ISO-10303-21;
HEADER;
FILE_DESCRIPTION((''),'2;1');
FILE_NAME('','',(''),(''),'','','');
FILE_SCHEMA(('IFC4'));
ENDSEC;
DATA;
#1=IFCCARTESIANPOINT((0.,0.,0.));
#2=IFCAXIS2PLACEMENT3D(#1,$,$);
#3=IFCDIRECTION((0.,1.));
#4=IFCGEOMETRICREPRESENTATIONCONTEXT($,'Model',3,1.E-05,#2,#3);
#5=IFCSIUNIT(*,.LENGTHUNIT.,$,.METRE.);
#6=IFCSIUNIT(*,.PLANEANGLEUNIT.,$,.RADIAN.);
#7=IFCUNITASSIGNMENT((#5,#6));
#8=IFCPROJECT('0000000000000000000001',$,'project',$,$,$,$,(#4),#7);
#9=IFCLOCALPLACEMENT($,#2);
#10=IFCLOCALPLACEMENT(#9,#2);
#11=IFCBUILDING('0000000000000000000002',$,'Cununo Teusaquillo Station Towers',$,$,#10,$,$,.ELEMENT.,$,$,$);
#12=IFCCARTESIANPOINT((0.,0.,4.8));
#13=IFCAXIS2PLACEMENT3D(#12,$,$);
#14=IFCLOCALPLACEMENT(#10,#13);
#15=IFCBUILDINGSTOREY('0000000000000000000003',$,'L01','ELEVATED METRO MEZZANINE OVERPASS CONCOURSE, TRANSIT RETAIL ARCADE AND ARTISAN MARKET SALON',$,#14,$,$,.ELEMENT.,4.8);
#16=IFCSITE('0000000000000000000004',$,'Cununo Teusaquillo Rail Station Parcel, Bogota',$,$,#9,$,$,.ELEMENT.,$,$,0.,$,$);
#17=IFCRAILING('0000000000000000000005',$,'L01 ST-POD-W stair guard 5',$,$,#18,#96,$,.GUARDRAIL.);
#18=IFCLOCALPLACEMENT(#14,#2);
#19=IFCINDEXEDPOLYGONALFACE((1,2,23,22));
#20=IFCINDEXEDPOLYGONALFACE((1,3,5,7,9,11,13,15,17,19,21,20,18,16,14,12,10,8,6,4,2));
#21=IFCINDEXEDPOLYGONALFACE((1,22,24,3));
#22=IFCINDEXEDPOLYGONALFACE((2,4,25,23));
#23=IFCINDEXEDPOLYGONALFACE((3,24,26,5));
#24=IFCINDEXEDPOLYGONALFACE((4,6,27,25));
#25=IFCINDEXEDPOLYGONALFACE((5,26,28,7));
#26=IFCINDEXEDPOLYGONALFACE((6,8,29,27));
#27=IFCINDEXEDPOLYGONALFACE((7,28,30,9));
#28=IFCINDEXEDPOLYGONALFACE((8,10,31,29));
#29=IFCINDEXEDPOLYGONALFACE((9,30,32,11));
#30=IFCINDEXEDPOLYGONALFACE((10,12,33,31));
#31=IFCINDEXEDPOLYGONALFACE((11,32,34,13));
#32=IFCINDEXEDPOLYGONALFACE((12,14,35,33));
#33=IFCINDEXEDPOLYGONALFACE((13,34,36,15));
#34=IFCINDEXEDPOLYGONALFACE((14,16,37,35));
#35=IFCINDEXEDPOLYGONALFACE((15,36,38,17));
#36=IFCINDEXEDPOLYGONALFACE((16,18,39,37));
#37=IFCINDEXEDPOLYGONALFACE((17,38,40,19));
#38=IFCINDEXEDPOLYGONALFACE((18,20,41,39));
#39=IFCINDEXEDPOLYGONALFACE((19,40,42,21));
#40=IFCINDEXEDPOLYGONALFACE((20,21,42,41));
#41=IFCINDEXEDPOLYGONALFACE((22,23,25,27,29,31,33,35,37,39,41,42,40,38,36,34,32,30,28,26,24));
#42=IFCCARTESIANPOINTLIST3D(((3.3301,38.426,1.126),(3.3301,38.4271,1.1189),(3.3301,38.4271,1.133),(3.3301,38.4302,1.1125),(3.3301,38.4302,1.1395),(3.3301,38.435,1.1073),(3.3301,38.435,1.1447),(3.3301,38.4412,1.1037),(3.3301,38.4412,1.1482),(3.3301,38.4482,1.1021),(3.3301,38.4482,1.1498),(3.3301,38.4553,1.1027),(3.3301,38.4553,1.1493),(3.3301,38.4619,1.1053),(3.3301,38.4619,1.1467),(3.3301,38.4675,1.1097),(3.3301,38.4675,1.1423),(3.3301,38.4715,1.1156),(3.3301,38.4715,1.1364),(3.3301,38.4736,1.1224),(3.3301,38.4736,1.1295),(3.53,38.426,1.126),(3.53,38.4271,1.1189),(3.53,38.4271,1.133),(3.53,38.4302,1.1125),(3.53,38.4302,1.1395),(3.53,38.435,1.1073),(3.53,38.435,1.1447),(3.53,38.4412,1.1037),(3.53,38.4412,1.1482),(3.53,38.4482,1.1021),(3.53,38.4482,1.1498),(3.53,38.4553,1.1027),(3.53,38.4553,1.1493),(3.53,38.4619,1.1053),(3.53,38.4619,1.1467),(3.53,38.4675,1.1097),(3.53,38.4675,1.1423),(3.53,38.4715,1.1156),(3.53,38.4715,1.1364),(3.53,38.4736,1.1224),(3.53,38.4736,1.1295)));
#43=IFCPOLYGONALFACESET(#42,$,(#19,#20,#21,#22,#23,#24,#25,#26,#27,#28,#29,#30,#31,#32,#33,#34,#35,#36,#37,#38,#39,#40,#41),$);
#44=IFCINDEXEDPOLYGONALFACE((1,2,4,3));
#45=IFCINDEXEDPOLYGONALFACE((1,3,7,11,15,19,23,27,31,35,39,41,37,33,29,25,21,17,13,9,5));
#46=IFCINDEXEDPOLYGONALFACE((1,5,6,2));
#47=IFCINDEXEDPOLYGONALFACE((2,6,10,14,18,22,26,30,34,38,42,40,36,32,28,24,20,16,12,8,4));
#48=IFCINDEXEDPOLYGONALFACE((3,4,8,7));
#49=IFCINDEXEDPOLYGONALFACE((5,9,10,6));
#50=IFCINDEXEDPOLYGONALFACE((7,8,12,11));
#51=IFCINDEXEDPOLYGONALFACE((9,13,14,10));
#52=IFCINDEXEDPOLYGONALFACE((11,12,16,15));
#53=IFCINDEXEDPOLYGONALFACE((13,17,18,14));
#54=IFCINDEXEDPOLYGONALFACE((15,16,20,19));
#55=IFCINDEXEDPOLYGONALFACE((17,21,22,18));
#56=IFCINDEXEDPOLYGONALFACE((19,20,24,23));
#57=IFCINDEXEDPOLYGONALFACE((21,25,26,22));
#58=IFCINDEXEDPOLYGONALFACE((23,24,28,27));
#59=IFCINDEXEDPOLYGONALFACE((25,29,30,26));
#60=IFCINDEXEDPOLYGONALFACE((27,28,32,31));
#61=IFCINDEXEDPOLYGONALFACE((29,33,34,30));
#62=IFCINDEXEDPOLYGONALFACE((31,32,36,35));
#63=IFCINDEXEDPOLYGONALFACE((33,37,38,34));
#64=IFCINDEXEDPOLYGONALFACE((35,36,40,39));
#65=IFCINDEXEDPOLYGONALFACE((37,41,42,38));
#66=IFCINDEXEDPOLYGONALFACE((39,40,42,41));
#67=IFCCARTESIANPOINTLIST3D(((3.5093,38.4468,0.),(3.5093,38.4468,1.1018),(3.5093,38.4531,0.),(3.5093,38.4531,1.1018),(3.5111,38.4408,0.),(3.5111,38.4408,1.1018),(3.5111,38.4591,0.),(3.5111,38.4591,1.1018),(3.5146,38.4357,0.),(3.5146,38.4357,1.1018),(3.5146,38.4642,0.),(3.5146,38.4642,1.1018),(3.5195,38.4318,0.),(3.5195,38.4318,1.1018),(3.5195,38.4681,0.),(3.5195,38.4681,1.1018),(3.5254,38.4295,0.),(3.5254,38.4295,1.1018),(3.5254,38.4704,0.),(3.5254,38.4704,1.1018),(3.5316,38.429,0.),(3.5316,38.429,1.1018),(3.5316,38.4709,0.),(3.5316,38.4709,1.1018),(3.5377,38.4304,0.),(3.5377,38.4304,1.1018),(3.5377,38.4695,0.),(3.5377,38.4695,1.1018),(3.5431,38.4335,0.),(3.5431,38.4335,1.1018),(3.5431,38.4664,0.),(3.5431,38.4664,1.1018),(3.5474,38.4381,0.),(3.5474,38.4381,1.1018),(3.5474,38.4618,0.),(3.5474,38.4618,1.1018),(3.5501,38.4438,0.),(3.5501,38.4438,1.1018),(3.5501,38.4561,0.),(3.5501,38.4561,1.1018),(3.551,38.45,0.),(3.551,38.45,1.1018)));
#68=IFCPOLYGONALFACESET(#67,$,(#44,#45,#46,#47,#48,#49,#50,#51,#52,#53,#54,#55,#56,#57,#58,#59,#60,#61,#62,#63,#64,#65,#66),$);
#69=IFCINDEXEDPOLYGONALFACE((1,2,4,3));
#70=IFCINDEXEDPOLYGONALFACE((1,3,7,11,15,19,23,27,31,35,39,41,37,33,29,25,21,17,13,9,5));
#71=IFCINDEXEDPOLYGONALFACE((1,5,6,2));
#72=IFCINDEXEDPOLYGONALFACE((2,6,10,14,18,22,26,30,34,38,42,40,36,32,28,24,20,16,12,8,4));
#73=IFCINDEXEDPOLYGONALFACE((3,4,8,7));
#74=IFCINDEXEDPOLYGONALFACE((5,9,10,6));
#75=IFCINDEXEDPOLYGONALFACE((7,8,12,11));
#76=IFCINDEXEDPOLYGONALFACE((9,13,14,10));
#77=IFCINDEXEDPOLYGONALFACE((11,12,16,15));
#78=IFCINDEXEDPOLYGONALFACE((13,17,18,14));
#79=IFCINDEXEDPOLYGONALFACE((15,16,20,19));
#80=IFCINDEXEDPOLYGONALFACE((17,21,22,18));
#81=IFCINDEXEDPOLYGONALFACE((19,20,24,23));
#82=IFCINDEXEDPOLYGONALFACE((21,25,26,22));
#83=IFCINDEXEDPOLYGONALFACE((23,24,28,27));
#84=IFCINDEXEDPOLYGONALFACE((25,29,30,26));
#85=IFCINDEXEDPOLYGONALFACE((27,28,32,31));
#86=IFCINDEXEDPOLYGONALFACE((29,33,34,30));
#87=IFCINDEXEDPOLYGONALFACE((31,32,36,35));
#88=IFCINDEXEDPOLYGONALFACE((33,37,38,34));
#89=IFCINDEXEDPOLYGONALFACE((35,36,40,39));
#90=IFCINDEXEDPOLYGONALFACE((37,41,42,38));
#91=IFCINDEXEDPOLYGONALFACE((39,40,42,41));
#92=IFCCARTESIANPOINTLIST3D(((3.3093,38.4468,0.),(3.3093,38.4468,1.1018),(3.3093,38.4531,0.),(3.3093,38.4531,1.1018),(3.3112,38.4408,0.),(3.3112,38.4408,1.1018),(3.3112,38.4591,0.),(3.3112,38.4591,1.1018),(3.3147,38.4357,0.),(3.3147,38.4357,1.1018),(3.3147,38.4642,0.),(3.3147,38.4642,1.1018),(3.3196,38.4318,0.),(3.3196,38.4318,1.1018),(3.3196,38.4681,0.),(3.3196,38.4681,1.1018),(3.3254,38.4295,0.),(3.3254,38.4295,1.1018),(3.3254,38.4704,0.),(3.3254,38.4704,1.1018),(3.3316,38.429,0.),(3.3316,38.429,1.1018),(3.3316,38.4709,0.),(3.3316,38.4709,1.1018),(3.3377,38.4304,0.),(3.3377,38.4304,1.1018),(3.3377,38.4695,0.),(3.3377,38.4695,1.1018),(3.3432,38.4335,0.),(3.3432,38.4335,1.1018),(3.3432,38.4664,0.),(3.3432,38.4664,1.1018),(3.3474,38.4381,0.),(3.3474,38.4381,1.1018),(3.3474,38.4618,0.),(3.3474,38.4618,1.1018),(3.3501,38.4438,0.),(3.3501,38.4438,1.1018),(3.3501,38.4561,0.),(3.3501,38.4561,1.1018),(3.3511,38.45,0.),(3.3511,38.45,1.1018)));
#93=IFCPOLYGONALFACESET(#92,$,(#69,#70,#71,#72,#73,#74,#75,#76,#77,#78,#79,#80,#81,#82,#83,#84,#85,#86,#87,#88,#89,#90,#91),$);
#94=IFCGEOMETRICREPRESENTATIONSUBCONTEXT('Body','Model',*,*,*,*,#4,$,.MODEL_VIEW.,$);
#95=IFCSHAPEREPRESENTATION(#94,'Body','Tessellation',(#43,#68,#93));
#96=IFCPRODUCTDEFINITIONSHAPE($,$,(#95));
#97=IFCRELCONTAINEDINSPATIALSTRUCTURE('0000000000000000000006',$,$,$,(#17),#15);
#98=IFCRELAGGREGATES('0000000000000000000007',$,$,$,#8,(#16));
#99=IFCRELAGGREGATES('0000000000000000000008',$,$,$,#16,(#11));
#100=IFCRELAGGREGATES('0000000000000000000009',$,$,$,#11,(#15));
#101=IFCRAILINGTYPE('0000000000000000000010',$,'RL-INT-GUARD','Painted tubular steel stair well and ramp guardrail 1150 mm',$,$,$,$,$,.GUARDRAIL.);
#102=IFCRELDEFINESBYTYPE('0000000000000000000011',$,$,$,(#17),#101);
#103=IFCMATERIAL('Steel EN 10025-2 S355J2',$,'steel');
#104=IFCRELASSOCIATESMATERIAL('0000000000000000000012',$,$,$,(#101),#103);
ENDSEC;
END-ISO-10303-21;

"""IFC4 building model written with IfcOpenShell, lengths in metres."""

from ifc_helpers import new_model, si_unit, direction, frame, origin, origin_2d, place, context, subcontext, project, spatial, circle, extrude, material, type_object, element, save


model = new_model("IFC4")

# Units and contexts
model_context = context("Model", 3, precision=1e-05, world=origin(), true_north=direction((0.0, 1.0)))
body_context = subcontext(model_context, "Body", "Model", "MODEL_VIEW")
ifc_project = project(units=[si_unit("LENGTHUNIT", "METRE"), si_unit("PLANEANGLEUNIT", "RADIAN")], contexts=[model_context])

# Site, building, storey
site_placement = place(None, origin())
site = spatial("IfcSite", under=ifc_project, at=site_placement, Name="Cununo Teusaquillo Rail Station Parcel, Bogota", CompositionType="ELEMENT", RefElevation=0.0)
building_placement = place(site_placement, origin())
building = spatial("IfcBuilding", under=site, at=building_placement, Name="Cununo Teusaquillo Station Towers", CompositionType="ELEMENT")
storey_placement = place(building_placement, frame((0.0, 0.0, 4.8)))
storey = spatial("IfcBuildingStorey", under=building, at=storey_placement, Name="L01", Description="ELEVATED METRO MEZZANINE OVERPASS CONCOURSE, TRANSIT RETAIL ARCADE AND ARTISAN MARKET SALON", CompositionType="ELEMENT", Elevation=4.8)

# Railing
ifc_material_1 = material(Name="Steel EN 10025-2 S355J2", Category="steel")
railing_type_1 = type_object("IfcRailingType", Name="RL-INT-GUARD", Description="Painted tubular steel stair well and ramp guardrail 1150 mm", PredefinedType="GUARDRAIL", material=ifc_material_1)
railing_1_placement = place(storey_placement, frame((3.53, 38.45, 0.0)))
element("IfcRailing", 1, at=railing_1_placement, inside=storey, type_object=railing_type_1, Name="L01 ST-POD-W stair guard 5", PredefinedType="GUARDRAIL", context=body_context, shape_type="SweptSolid", body=[
    extrude(circle(Radius=0.0239, at=origin_2d()), frame((0.0, 0.0, 1.126), z_axis=(-1.0, 0.0, 0.0), x_axis=(0.0, -1.0, 0.0)), (0.0, 0.0, 1.0), 0.2),
    extrude(circle(Radius=0.021, at=origin_2d()), origin(), (0.0, 0.0, 1.0), 1.1018),
    extrude(circle(Radius=0.021, at=origin_2d()), frame((-0.2, 0.0, 0.0)), (0.0, 0.0, 1.0), 1.1018),
])

save(model, "model.ifc")
